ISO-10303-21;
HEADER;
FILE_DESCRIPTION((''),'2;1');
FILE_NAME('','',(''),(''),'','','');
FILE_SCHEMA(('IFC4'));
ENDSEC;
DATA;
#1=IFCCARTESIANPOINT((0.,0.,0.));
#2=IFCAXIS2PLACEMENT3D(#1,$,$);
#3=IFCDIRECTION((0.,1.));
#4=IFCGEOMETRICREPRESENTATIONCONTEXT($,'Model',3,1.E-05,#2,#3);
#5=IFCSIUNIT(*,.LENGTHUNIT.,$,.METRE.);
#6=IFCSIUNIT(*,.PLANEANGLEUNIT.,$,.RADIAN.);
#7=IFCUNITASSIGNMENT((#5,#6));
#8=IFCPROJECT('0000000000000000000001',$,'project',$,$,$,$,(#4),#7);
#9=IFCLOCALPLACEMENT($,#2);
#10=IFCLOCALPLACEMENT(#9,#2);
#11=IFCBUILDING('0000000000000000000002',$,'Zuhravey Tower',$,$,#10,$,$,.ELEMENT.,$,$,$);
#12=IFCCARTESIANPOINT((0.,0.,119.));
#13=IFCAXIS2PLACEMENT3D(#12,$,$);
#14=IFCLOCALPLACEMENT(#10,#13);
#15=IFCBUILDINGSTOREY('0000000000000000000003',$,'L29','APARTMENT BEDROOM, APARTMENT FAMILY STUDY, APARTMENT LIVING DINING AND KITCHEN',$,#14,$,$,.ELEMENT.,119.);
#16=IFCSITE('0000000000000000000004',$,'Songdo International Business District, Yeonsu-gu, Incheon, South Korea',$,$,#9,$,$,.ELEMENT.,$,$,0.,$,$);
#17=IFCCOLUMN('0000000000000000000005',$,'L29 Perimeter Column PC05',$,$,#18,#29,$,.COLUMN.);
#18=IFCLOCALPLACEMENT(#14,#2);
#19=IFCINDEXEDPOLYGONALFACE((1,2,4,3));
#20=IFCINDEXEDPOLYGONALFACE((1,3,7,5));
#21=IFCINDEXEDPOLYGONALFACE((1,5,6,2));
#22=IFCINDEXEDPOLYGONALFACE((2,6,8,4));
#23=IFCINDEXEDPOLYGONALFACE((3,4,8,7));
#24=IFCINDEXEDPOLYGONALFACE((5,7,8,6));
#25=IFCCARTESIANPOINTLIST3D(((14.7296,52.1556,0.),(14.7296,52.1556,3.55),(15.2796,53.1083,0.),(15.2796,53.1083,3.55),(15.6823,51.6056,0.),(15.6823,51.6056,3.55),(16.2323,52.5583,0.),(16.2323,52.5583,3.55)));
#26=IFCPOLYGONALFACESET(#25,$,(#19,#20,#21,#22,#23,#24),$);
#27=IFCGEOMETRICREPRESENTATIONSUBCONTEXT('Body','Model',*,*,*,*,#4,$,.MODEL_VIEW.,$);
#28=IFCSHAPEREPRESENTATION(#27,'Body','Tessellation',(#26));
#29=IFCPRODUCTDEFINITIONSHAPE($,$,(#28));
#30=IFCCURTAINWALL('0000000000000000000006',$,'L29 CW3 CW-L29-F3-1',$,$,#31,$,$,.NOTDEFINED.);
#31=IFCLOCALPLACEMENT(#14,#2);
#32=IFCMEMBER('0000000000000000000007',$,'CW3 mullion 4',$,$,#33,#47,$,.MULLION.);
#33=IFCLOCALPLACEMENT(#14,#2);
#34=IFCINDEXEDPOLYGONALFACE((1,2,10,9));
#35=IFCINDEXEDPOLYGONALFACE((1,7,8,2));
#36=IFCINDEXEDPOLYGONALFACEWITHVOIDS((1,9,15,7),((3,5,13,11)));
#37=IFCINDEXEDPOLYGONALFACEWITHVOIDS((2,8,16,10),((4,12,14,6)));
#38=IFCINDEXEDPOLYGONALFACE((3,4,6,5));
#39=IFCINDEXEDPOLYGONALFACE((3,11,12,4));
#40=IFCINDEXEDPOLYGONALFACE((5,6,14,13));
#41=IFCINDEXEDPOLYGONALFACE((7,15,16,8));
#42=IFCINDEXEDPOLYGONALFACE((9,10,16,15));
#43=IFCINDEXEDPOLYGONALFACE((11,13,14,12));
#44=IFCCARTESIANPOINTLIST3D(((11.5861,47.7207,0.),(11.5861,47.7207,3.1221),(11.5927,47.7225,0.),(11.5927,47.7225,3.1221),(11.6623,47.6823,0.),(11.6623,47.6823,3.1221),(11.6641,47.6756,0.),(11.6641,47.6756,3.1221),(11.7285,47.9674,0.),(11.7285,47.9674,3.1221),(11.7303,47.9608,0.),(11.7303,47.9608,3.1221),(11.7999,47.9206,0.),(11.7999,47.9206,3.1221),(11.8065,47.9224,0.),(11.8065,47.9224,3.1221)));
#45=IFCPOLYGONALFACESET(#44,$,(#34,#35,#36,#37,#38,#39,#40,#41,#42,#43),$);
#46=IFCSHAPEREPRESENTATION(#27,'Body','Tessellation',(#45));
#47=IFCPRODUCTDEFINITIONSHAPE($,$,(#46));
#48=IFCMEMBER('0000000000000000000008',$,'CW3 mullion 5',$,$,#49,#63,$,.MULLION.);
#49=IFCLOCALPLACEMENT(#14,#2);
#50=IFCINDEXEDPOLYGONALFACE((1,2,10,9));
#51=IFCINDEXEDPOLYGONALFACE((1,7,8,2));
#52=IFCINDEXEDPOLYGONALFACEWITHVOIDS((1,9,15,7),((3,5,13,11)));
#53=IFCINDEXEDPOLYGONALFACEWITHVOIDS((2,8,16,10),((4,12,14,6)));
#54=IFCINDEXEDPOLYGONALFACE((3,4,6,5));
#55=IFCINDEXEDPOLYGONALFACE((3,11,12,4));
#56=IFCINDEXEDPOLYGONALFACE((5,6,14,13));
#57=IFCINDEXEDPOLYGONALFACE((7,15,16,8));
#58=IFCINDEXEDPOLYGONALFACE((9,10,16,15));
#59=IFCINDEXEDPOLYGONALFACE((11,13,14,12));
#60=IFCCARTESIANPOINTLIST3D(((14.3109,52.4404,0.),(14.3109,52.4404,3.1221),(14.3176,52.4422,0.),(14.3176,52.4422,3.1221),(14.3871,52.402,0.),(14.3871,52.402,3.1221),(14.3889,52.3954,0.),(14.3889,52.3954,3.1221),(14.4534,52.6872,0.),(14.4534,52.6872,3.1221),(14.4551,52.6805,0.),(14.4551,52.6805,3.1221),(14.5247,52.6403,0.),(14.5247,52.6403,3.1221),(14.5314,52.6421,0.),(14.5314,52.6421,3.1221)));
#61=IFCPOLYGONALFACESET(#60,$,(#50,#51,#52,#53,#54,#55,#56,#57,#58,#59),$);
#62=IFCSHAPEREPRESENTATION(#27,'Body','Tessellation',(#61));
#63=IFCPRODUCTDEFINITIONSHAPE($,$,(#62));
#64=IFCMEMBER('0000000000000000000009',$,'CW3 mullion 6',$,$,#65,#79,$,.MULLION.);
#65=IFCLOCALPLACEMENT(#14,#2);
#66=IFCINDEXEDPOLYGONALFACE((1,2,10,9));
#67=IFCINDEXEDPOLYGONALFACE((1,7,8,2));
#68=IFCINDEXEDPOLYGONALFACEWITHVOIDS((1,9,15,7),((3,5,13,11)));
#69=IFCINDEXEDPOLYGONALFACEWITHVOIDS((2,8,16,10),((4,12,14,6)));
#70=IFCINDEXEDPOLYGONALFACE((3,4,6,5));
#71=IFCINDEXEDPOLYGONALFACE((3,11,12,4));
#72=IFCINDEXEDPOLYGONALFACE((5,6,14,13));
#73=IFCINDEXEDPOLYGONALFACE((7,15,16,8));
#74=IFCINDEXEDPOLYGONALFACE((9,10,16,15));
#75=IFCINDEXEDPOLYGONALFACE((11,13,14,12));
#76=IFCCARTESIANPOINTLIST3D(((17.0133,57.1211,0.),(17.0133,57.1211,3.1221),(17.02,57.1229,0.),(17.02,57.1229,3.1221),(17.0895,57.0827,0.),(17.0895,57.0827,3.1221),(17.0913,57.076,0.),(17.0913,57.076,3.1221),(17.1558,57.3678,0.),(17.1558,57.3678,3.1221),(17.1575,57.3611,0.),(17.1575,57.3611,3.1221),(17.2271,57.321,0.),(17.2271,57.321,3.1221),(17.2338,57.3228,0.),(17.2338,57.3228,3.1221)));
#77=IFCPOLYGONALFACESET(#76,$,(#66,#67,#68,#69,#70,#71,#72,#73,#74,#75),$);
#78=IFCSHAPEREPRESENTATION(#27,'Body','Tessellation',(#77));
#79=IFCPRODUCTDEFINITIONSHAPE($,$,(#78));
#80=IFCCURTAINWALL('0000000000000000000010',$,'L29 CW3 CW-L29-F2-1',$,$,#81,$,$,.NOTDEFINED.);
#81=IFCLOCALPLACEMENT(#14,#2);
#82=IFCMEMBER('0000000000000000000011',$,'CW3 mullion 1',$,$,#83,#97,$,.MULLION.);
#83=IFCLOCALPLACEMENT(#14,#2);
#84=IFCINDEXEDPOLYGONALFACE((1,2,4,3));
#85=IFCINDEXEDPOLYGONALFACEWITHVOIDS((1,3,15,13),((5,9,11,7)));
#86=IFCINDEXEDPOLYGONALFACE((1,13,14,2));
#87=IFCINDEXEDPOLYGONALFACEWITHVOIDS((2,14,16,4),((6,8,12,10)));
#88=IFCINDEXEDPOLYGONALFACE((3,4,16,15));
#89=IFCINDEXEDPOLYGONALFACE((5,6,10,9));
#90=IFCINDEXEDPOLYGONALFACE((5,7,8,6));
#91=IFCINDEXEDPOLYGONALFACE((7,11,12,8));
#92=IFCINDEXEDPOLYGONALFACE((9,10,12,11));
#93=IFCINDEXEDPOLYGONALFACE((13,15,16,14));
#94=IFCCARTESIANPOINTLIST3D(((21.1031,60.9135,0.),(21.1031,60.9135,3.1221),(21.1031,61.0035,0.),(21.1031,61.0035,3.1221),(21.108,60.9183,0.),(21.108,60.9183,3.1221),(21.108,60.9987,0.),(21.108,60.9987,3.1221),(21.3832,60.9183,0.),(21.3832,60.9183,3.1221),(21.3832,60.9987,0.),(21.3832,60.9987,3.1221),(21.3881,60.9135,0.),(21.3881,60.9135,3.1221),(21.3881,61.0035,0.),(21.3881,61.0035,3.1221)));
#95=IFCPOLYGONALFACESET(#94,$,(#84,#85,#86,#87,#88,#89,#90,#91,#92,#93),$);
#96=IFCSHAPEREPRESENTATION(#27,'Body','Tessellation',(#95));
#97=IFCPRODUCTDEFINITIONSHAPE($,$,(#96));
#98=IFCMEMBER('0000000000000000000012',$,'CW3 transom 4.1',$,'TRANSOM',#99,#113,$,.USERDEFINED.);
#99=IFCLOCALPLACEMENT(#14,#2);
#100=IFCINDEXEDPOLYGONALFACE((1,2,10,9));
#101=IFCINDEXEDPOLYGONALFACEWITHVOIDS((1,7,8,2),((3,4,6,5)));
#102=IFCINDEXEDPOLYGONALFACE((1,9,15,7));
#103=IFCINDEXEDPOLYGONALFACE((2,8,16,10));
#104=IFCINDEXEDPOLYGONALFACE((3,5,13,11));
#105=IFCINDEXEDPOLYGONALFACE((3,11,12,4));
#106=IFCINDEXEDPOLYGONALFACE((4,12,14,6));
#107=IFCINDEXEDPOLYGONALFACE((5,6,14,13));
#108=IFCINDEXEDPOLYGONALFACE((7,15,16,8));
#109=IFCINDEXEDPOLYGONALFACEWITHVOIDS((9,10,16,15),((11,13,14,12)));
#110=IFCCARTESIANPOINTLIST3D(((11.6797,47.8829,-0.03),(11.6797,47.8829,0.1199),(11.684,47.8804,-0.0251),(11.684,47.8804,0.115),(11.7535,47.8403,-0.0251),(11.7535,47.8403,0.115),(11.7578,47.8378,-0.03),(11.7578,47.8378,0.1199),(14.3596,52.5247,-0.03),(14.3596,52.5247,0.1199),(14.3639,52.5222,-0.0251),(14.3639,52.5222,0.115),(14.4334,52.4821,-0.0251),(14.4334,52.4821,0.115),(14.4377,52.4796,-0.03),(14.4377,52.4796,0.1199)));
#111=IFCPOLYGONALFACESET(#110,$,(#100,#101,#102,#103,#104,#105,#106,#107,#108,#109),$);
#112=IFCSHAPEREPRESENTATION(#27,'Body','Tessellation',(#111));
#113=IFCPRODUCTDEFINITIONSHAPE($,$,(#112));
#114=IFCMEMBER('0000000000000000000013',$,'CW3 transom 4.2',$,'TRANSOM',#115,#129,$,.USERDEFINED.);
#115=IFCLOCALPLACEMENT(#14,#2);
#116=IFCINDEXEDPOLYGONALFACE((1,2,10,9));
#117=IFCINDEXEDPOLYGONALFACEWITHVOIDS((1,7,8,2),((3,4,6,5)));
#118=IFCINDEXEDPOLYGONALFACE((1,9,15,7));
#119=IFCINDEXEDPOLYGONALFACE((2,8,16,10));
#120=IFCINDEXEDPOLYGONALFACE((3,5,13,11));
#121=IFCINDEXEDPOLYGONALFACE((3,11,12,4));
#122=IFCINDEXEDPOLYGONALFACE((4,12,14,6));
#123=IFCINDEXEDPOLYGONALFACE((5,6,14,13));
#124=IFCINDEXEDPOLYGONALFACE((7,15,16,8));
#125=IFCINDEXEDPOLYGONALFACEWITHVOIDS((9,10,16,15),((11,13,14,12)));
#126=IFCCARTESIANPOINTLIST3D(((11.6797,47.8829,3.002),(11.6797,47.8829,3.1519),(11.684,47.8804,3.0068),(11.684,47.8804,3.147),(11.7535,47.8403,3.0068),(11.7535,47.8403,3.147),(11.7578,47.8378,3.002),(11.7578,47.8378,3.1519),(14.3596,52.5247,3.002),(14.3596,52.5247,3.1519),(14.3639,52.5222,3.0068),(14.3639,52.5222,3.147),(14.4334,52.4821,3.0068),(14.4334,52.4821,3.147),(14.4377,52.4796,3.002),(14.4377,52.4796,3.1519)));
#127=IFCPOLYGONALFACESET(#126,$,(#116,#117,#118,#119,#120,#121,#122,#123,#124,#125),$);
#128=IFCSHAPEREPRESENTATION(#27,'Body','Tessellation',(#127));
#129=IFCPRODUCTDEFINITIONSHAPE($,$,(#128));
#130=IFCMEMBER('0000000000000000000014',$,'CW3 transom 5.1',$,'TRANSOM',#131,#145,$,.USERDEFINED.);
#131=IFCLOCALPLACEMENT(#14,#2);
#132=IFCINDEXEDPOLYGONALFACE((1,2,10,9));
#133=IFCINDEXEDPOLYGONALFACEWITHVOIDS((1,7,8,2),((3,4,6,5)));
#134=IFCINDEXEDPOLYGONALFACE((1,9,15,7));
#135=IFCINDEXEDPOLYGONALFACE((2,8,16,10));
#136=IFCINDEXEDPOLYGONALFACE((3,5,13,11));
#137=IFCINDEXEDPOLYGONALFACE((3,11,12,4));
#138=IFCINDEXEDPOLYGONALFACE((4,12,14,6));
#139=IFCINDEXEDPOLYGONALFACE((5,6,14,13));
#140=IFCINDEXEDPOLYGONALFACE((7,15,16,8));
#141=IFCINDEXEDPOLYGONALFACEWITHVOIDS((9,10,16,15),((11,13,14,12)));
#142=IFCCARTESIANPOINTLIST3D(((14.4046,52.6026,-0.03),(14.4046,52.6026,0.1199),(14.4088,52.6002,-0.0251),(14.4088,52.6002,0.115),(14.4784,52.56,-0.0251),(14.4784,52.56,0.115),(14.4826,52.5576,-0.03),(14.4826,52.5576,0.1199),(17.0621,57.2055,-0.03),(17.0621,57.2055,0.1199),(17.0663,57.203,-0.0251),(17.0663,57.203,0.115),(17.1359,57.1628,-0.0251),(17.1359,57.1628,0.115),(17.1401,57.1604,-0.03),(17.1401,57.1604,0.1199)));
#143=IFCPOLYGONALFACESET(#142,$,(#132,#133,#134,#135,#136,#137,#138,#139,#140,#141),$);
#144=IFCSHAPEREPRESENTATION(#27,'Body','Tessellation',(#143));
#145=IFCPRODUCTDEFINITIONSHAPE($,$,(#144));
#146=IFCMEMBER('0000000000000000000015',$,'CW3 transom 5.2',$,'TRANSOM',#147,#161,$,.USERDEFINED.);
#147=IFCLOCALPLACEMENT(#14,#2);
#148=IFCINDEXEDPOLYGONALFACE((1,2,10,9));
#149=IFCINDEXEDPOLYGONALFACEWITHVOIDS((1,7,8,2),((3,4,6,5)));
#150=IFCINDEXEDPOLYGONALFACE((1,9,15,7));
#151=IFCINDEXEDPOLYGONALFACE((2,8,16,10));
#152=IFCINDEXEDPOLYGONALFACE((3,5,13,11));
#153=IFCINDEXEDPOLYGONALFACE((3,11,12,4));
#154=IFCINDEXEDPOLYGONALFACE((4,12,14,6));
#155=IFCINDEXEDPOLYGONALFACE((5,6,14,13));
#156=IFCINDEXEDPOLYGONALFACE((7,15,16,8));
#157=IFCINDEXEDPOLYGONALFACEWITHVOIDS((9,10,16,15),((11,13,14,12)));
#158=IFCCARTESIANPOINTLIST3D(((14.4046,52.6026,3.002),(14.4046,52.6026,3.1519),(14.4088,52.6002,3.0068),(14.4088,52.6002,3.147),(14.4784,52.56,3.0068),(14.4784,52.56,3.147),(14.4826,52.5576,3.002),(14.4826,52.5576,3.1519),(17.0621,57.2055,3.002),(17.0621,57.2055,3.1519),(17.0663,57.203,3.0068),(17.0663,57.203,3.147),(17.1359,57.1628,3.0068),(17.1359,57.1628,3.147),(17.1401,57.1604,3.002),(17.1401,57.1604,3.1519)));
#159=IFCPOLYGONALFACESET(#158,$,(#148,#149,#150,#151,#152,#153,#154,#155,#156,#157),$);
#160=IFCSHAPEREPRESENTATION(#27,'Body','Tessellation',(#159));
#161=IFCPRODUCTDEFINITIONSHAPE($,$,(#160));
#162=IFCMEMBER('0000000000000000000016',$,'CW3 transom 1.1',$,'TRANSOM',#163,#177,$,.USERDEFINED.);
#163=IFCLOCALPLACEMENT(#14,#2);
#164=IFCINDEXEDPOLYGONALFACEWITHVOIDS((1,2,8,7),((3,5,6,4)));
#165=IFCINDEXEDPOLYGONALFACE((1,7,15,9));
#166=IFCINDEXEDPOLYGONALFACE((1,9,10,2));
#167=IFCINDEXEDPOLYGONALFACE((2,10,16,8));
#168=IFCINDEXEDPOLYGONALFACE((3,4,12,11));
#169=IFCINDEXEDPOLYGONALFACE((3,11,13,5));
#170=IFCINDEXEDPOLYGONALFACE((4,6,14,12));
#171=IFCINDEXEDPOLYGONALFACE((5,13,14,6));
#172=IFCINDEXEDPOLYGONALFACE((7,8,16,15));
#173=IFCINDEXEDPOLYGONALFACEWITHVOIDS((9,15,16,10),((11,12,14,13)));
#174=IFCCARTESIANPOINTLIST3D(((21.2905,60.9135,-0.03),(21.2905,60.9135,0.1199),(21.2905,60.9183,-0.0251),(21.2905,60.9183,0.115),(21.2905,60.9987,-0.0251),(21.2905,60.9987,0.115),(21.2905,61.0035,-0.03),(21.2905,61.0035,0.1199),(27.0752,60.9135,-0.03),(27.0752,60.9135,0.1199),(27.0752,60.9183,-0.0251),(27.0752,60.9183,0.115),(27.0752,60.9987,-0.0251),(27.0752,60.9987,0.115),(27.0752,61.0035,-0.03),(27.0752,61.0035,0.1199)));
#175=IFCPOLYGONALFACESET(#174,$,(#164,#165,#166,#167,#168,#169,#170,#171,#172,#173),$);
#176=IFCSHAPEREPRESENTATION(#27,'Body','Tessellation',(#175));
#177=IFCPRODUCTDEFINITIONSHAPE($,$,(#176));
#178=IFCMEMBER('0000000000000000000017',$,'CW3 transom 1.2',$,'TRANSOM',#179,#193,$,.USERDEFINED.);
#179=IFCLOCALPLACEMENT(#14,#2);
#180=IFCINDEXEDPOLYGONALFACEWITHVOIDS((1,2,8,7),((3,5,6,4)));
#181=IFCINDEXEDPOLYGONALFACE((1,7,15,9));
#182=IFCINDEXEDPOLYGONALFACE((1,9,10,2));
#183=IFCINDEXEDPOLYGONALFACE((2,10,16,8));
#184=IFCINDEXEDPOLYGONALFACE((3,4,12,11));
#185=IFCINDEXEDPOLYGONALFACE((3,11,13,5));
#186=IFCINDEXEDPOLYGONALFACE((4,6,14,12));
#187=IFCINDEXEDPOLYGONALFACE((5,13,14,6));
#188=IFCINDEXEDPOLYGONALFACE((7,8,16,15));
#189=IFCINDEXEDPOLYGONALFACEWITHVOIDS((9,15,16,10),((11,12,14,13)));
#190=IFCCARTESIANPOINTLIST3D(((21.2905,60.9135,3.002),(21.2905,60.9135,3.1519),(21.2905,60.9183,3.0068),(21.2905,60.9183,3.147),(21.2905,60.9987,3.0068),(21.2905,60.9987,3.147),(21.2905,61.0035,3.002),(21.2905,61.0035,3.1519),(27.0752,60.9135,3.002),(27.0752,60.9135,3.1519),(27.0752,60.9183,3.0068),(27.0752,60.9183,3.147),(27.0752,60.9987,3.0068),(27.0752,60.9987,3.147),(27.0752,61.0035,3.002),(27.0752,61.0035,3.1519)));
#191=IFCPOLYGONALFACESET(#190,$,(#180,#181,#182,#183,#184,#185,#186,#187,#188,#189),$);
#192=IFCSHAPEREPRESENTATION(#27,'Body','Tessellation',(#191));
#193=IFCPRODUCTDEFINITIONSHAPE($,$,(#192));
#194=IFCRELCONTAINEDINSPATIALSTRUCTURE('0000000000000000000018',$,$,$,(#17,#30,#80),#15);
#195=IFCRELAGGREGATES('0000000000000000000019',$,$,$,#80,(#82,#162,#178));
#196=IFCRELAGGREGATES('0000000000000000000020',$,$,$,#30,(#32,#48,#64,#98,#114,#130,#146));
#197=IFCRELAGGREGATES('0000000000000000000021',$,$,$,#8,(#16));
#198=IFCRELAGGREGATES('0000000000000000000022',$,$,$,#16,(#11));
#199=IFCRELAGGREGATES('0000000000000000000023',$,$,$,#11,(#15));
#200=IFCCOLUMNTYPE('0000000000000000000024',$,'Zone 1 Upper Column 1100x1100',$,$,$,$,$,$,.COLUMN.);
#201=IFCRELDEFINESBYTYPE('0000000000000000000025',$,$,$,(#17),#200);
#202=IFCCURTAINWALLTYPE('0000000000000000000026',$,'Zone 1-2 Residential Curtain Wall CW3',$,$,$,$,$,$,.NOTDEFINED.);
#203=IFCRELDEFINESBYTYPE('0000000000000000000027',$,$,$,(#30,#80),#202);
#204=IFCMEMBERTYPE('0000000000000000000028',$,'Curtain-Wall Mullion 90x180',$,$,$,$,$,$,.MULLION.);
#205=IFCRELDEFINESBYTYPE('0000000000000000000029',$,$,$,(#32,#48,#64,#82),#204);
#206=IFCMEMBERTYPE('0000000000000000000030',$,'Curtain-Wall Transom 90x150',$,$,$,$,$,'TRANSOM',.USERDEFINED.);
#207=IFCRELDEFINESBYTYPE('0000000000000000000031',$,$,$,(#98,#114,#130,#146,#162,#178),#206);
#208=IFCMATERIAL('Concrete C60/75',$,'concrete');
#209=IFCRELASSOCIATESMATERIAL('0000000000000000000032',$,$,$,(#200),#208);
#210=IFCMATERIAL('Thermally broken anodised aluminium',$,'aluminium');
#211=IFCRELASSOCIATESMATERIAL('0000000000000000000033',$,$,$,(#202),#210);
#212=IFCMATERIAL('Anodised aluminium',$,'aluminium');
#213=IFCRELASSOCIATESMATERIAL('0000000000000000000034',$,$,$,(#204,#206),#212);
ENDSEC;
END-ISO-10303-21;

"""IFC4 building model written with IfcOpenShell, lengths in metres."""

from ifc_helpers import new_model, si_unit, direction, frame, origin, origin_2d, place, context, subcontext, project, spatial, rectangle, hollow_rectangle, extrude, material, material_profile, profile_set, type_object, element, aggregate, save


model = new_model("IFC4")

# Units and contexts
model_context = context("Model", 3, precision=1e-05, world=origin(), true_north=direction((0.0, 1.0)))
body_context = subcontext(model_context, "Body", "Model", "MODEL_VIEW")
ifc_project = project(units=[si_unit("LENGTHUNIT", "METRE"), si_unit("PLANEANGLEUNIT", "RADIAN")], contexts=[model_context])

# Site, building, storey
site_placement = place(None, origin())
site = spatial("IfcSite", under=ifc_project, at=site_placement, Name="Songdo International Business District, Yeonsu-gu, Incheon, South Korea", CompositionType="ELEMENT", RefElevation=0.0)
building_placement = place(site_placement, origin())
building = spatial("IfcBuilding", under=site, at=building_placement, Name="Zuhravey Tower", CompositionType="ELEMENT")
storey_placement = place(building_placement, frame((0.0, 0.0, 119.0)))
storey = spatial("IfcBuildingStorey", under=building, at=storey_placement, Name="L29", Description="APARTMENT BEDROOM, APARTMENT FAMILY STUDY, APARTMENT LIVING DINING AND KITCHEN", CompositionType="ELEMENT", Elevation=119.0)

# Column
ifc_material_1 = material(Name="Concrete C60/75", Category="concrete")
ifc_material_profile_1 = material_profile(ifc_material_1, rectangle(XDim=1.1001, YDim=1.1001, at=origin_2d()), Name="RC-1100x1100")
ifc_profile_set_1 = profile_set([ifc_material_profile_1], Name="Concrete C60/75")
column_type = type_object("IfcColumnType", Name="Zone 1 Upper Column 1100x1100", PredefinedType="COLUMN", material=ifc_profile_set_1)
column_placement = place(storey_placement, frame((15.481, 52.3569, 0.0), z_axis=(0.0, 0.0, 1.0), x_axis=(-0.5, -0.866025, 0.0)))
element("IfcColumn", 1, at=column_placement, inside=storey, type_object=column_type, Name="L29 Perimeter Column PC05", PredefinedType="COLUMN", context=body_context, shape_type="SweptSolid", body=[
    extrude(rectangle(XDim=1.1001, YDim=1.1001, at=origin_2d()), origin(), (0.0, 0.0, 1.0), 3.55),
])

# Curtain wall, members
ifc_material_2 = material(Name="Thermally broken anodised aluminium", Category="aluminium")
curtain_wall_type = type_object("IfcCurtainWallType", Name="Zone 1-2 Residential Curtain Wall CW3", PredefinedType="NOTDEFINED", material=ifc_material_2)
curtain_wall_1_placement = place(storey_placement, origin())
curtain_wall_1 = element("IfcCurtainWall", 2, at=curtain_wall_1_placement, inside=storey, type_object=curtain_wall_type, Name="L29 CW3 CW-L29-F3-1", PredefinedType="NOTDEFINED")
ifc_material_3 = material(Name="Anodised aluminium", Category="aluminium")
ifc_material_profile_2 = material_profile(ifc_material_3, hollow_rectangle(XDim=0.0901, YDim=0.2849, WallThickness=0.0049, at=origin_2d()), Name="ALU-RHS-90x285x5")
ifc_profile_set_2 = profile_set([ifc_material_profile_2], Name="Anodised aluminium")
member_type_1 = type_object("IfcMemberType", Name="Curtain-Wall Mullion 90x180", PredefinedType="MULLION", material=ifc_profile_set_2)
member_1_placement = place(storey_placement, frame((11.6963, 47.8215, 0.0), z_axis=(0.0, 0.0, 1.0), x_axis=(-0.866025, 0.5, 0.0)))
member_1 = element("IfcMember", 3, at=member_1_placement, type_object=member_type_1, Name="CW3 mullion 4", PredefinedType="MULLION", context=body_context, shape_type="SweptSolid", body=[
    extrude(hollow_rectangle(XDim=0.0901, YDim=0.2849, WallThickness=0.0049, at=origin_2d()), origin(), (0.0, 0.0, 1.0), 3.1221),
])
member_2_placement = place(storey_placement, frame((14.4211, 52.5413, 0.0), z_axis=(0.0, 0.0, 1.0), x_axis=(-0.866025, 0.5, 0.0)))
member_2 = element("IfcMember", 4, at=member_2_placement, type_object=member_type_1, Name="CW3 mullion 5", PredefinedType="MULLION", context=body_context, shape_type="SweptSolid", body=[
    extrude(hollow_rectangle(XDim=0.0901, YDim=0.2849, WallThickness=0.0049, at=origin_2d()), origin(), (0.0, 0.0, 1.0), 3.1221),
])
member_3_placement = place(storey_placement, frame((17.1235, 57.2219, 0.0), z_axis=(0.0, 0.0, 1.0), x_axis=(-0.866025, 0.5, 0.0)))
member_3 = element("IfcMember", 5, at=member_3_placement, type_object=member_type_1, Name="CW3 mullion 6", PredefinedType="MULLION", context=body_context, shape_type="SweptSolid", body=[
    extrude(hollow_rectangle(XDim=0.0901, YDim=0.2849, WallThickness=0.0049, at=origin_2d()), origin(), (0.0, 0.0, 1.0), 3.1221),
])

# Curtain wall, member
curtain_wall_2_placement = place(storey_placement, origin())
curtain_wall_2 = element("IfcCurtainWall", 6, at=curtain_wall_2_placement, inside=storey, type_object=curtain_wall_type, Name="L29 CW3 CW-L29-F2-1", PredefinedType="NOTDEFINED")
member_4_placement = place(storey_placement, frame((21.2456, 60.9585, 0.0), z_axis=(0.0, 0.0, 1.0), x_axis=(0.0, 1.0, 0.0)))
member_4 = element("IfcMember", 7, at=member_4_placement, type_object=member_type_1, Name="CW3 mullion 1", PredefinedType="MULLION", context=body_context, shape_type="SweptSolid", body=[
    extrude(hollow_rectangle(XDim=0.0901, YDim=0.2849, WallThickness=0.0049, at=origin_2d()), origin(), (0.0, 0.0, 1.0), 3.1221),
])

# Members
ifc_material_profile_3 = material_profile(ifc_material_3, hollow_rectangle(XDim=0.0901, YDim=0.1499, WallThickness=0.0049, at=origin_2d()), Name="ALU-RHS-90x150x5")
ifc_profile_set_3 = profile_set([ifc_material_profile_3], Name="Anodised aluminium")
member_type_2 = type_object("IfcMemberType", Name="Curtain-Wall Transom 90x150", ElementType="TRANSOM", PredefinedType="USERDEFINED", material=ifc_profile_set_3)
member_5_placement = place(storey_placement, frame((11.7188, 47.8604, 0.0449), z_axis=(0.499995, 0.866029, 0.0), x_axis=(-0.866029, 0.499995, 0.0)))
member_5 = element("IfcMember", 8, at=member_5_placement, type_object=member_type_2, Name="CW3 transom 4.1", ObjectType="TRANSOM", PredefinedType="USERDEFINED", context=body_context, shape_type="SweptSolid", body=[
    extrude(hollow_rectangle(XDim=0.0901, YDim=0.1499, WallThickness=0.0049, at=origin_2d()), origin(), (0.0, 0.0, 1.0), 5.3599),
])
member_6_placement = place(storey_placement, frame((11.7188, 47.8604, 3.0769), z_axis=(0.499995, 0.866029, 0.0), x_axis=(-0.866029, 0.499995, 0.0)))
member_6 = element("IfcMember", 9, at=member_6_placement, type_object=member_type_2, Name="CW3 transom 4.2", ObjectType="TRANSOM", PredefinedType="USERDEFINED", context=body_context, shape_type="SweptSolid", body=[
    extrude(hollow_rectangle(XDim=0.0901, YDim=0.1499, WallThickness=0.0049, at=origin_2d()), origin(), (0.0, 0.0, 1.0), 5.3599),
])
member_7_placement = place(storey_placement, frame((14.4436, 52.5801, 0.0449), z_axis=(0.500007, 0.866021, 0.0), x_axis=(-0.866021, 0.500007, 0.0)))
member_7 = element("IfcMember", 10, at=member_7_placement, type_object=member_type_2, Name="CW3 transom 5.1", ObjectType="TRANSOM", PredefinedType="USERDEFINED", context=body_context, shape_type="SweptSolid", body=[
    extrude(hollow_rectangle(XDim=0.0901, YDim=0.1499, WallThickness=0.0049, at=origin_2d()), origin(), (0.0, 0.0, 1.0), 5.3149),
])
member_8_placement = place(storey_placement, frame((14.4436, 52.5801, 3.0769), z_axis=(0.500007, 0.866021, 0.0), x_axis=(-0.866021, 0.500007, 0.0)))
member_8 = element("IfcMember", 11, at=member_8_placement, type_object=member_type_2, Name="CW3 transom 5.2", ObjectType="TRANSOM", PredefinedType="USERDEFINED", context=body_context, shape_type="SweptSolid", body=[
    extrude(hollow_rectangle(XDim=0.0901, YDim=0.1499, WallThickness=0.0049, at=origin_2d()), origin(), (0.0, 0.0, 1.0), 5.3149),
])
member_9_placement = place(storey_placement, frame((21.2905, 60.9585, 0.0449), z_axis=(1.0, 0.0, 0.0), x_axis=(0.0, 1.0, 0.0)))
member_9 = element("IfcMember", 12, at=member_9_placement, type_object=member_type_2, Name="CW3 transom 1.1", ObjectType="TRANSOM", PredefinedType="USERDEFINED", context=body_context, shape_type="SweptSolid", body=[
    extrude(hollow_rectangle(XDim=0.0901, YDim=0.1499, WallThickness=0.0049, at=origin_2d()), origin(), (0.0, 0.0, 1.0), 5.7847),
])
member_10_placement = place(storey_placement, frame((21.2905, 60.9585, 3.0769), z_axis=(1.0, 0.0, 0.0), x_axis=(0.0, 1.0, 0.0)))
member_10 = element("IfcMember", 13, at=member_10_placement, type_object=member_type_2, Name="CW3 transom 1.2", ObjectType="TRANSOM", PredefinedType="USERDEFINED", context=body_context, shape_type="SweptSolid", body=[
    extrude(hollow_rectangle(XDim=0.0901, YDim=0.1499, WallThickness=0.0049, at=origin_2d()), origin(), (0.0, 0.0, 1.0), 5.7847),
])
aggregate(curtain_wall_2, [member_4, member_9, member_10])

aggregate(curtain_wall_1, [member_1, member_2, member_3, member_5, member_6, member_7, member_8])

save(model, "model.ifc")
